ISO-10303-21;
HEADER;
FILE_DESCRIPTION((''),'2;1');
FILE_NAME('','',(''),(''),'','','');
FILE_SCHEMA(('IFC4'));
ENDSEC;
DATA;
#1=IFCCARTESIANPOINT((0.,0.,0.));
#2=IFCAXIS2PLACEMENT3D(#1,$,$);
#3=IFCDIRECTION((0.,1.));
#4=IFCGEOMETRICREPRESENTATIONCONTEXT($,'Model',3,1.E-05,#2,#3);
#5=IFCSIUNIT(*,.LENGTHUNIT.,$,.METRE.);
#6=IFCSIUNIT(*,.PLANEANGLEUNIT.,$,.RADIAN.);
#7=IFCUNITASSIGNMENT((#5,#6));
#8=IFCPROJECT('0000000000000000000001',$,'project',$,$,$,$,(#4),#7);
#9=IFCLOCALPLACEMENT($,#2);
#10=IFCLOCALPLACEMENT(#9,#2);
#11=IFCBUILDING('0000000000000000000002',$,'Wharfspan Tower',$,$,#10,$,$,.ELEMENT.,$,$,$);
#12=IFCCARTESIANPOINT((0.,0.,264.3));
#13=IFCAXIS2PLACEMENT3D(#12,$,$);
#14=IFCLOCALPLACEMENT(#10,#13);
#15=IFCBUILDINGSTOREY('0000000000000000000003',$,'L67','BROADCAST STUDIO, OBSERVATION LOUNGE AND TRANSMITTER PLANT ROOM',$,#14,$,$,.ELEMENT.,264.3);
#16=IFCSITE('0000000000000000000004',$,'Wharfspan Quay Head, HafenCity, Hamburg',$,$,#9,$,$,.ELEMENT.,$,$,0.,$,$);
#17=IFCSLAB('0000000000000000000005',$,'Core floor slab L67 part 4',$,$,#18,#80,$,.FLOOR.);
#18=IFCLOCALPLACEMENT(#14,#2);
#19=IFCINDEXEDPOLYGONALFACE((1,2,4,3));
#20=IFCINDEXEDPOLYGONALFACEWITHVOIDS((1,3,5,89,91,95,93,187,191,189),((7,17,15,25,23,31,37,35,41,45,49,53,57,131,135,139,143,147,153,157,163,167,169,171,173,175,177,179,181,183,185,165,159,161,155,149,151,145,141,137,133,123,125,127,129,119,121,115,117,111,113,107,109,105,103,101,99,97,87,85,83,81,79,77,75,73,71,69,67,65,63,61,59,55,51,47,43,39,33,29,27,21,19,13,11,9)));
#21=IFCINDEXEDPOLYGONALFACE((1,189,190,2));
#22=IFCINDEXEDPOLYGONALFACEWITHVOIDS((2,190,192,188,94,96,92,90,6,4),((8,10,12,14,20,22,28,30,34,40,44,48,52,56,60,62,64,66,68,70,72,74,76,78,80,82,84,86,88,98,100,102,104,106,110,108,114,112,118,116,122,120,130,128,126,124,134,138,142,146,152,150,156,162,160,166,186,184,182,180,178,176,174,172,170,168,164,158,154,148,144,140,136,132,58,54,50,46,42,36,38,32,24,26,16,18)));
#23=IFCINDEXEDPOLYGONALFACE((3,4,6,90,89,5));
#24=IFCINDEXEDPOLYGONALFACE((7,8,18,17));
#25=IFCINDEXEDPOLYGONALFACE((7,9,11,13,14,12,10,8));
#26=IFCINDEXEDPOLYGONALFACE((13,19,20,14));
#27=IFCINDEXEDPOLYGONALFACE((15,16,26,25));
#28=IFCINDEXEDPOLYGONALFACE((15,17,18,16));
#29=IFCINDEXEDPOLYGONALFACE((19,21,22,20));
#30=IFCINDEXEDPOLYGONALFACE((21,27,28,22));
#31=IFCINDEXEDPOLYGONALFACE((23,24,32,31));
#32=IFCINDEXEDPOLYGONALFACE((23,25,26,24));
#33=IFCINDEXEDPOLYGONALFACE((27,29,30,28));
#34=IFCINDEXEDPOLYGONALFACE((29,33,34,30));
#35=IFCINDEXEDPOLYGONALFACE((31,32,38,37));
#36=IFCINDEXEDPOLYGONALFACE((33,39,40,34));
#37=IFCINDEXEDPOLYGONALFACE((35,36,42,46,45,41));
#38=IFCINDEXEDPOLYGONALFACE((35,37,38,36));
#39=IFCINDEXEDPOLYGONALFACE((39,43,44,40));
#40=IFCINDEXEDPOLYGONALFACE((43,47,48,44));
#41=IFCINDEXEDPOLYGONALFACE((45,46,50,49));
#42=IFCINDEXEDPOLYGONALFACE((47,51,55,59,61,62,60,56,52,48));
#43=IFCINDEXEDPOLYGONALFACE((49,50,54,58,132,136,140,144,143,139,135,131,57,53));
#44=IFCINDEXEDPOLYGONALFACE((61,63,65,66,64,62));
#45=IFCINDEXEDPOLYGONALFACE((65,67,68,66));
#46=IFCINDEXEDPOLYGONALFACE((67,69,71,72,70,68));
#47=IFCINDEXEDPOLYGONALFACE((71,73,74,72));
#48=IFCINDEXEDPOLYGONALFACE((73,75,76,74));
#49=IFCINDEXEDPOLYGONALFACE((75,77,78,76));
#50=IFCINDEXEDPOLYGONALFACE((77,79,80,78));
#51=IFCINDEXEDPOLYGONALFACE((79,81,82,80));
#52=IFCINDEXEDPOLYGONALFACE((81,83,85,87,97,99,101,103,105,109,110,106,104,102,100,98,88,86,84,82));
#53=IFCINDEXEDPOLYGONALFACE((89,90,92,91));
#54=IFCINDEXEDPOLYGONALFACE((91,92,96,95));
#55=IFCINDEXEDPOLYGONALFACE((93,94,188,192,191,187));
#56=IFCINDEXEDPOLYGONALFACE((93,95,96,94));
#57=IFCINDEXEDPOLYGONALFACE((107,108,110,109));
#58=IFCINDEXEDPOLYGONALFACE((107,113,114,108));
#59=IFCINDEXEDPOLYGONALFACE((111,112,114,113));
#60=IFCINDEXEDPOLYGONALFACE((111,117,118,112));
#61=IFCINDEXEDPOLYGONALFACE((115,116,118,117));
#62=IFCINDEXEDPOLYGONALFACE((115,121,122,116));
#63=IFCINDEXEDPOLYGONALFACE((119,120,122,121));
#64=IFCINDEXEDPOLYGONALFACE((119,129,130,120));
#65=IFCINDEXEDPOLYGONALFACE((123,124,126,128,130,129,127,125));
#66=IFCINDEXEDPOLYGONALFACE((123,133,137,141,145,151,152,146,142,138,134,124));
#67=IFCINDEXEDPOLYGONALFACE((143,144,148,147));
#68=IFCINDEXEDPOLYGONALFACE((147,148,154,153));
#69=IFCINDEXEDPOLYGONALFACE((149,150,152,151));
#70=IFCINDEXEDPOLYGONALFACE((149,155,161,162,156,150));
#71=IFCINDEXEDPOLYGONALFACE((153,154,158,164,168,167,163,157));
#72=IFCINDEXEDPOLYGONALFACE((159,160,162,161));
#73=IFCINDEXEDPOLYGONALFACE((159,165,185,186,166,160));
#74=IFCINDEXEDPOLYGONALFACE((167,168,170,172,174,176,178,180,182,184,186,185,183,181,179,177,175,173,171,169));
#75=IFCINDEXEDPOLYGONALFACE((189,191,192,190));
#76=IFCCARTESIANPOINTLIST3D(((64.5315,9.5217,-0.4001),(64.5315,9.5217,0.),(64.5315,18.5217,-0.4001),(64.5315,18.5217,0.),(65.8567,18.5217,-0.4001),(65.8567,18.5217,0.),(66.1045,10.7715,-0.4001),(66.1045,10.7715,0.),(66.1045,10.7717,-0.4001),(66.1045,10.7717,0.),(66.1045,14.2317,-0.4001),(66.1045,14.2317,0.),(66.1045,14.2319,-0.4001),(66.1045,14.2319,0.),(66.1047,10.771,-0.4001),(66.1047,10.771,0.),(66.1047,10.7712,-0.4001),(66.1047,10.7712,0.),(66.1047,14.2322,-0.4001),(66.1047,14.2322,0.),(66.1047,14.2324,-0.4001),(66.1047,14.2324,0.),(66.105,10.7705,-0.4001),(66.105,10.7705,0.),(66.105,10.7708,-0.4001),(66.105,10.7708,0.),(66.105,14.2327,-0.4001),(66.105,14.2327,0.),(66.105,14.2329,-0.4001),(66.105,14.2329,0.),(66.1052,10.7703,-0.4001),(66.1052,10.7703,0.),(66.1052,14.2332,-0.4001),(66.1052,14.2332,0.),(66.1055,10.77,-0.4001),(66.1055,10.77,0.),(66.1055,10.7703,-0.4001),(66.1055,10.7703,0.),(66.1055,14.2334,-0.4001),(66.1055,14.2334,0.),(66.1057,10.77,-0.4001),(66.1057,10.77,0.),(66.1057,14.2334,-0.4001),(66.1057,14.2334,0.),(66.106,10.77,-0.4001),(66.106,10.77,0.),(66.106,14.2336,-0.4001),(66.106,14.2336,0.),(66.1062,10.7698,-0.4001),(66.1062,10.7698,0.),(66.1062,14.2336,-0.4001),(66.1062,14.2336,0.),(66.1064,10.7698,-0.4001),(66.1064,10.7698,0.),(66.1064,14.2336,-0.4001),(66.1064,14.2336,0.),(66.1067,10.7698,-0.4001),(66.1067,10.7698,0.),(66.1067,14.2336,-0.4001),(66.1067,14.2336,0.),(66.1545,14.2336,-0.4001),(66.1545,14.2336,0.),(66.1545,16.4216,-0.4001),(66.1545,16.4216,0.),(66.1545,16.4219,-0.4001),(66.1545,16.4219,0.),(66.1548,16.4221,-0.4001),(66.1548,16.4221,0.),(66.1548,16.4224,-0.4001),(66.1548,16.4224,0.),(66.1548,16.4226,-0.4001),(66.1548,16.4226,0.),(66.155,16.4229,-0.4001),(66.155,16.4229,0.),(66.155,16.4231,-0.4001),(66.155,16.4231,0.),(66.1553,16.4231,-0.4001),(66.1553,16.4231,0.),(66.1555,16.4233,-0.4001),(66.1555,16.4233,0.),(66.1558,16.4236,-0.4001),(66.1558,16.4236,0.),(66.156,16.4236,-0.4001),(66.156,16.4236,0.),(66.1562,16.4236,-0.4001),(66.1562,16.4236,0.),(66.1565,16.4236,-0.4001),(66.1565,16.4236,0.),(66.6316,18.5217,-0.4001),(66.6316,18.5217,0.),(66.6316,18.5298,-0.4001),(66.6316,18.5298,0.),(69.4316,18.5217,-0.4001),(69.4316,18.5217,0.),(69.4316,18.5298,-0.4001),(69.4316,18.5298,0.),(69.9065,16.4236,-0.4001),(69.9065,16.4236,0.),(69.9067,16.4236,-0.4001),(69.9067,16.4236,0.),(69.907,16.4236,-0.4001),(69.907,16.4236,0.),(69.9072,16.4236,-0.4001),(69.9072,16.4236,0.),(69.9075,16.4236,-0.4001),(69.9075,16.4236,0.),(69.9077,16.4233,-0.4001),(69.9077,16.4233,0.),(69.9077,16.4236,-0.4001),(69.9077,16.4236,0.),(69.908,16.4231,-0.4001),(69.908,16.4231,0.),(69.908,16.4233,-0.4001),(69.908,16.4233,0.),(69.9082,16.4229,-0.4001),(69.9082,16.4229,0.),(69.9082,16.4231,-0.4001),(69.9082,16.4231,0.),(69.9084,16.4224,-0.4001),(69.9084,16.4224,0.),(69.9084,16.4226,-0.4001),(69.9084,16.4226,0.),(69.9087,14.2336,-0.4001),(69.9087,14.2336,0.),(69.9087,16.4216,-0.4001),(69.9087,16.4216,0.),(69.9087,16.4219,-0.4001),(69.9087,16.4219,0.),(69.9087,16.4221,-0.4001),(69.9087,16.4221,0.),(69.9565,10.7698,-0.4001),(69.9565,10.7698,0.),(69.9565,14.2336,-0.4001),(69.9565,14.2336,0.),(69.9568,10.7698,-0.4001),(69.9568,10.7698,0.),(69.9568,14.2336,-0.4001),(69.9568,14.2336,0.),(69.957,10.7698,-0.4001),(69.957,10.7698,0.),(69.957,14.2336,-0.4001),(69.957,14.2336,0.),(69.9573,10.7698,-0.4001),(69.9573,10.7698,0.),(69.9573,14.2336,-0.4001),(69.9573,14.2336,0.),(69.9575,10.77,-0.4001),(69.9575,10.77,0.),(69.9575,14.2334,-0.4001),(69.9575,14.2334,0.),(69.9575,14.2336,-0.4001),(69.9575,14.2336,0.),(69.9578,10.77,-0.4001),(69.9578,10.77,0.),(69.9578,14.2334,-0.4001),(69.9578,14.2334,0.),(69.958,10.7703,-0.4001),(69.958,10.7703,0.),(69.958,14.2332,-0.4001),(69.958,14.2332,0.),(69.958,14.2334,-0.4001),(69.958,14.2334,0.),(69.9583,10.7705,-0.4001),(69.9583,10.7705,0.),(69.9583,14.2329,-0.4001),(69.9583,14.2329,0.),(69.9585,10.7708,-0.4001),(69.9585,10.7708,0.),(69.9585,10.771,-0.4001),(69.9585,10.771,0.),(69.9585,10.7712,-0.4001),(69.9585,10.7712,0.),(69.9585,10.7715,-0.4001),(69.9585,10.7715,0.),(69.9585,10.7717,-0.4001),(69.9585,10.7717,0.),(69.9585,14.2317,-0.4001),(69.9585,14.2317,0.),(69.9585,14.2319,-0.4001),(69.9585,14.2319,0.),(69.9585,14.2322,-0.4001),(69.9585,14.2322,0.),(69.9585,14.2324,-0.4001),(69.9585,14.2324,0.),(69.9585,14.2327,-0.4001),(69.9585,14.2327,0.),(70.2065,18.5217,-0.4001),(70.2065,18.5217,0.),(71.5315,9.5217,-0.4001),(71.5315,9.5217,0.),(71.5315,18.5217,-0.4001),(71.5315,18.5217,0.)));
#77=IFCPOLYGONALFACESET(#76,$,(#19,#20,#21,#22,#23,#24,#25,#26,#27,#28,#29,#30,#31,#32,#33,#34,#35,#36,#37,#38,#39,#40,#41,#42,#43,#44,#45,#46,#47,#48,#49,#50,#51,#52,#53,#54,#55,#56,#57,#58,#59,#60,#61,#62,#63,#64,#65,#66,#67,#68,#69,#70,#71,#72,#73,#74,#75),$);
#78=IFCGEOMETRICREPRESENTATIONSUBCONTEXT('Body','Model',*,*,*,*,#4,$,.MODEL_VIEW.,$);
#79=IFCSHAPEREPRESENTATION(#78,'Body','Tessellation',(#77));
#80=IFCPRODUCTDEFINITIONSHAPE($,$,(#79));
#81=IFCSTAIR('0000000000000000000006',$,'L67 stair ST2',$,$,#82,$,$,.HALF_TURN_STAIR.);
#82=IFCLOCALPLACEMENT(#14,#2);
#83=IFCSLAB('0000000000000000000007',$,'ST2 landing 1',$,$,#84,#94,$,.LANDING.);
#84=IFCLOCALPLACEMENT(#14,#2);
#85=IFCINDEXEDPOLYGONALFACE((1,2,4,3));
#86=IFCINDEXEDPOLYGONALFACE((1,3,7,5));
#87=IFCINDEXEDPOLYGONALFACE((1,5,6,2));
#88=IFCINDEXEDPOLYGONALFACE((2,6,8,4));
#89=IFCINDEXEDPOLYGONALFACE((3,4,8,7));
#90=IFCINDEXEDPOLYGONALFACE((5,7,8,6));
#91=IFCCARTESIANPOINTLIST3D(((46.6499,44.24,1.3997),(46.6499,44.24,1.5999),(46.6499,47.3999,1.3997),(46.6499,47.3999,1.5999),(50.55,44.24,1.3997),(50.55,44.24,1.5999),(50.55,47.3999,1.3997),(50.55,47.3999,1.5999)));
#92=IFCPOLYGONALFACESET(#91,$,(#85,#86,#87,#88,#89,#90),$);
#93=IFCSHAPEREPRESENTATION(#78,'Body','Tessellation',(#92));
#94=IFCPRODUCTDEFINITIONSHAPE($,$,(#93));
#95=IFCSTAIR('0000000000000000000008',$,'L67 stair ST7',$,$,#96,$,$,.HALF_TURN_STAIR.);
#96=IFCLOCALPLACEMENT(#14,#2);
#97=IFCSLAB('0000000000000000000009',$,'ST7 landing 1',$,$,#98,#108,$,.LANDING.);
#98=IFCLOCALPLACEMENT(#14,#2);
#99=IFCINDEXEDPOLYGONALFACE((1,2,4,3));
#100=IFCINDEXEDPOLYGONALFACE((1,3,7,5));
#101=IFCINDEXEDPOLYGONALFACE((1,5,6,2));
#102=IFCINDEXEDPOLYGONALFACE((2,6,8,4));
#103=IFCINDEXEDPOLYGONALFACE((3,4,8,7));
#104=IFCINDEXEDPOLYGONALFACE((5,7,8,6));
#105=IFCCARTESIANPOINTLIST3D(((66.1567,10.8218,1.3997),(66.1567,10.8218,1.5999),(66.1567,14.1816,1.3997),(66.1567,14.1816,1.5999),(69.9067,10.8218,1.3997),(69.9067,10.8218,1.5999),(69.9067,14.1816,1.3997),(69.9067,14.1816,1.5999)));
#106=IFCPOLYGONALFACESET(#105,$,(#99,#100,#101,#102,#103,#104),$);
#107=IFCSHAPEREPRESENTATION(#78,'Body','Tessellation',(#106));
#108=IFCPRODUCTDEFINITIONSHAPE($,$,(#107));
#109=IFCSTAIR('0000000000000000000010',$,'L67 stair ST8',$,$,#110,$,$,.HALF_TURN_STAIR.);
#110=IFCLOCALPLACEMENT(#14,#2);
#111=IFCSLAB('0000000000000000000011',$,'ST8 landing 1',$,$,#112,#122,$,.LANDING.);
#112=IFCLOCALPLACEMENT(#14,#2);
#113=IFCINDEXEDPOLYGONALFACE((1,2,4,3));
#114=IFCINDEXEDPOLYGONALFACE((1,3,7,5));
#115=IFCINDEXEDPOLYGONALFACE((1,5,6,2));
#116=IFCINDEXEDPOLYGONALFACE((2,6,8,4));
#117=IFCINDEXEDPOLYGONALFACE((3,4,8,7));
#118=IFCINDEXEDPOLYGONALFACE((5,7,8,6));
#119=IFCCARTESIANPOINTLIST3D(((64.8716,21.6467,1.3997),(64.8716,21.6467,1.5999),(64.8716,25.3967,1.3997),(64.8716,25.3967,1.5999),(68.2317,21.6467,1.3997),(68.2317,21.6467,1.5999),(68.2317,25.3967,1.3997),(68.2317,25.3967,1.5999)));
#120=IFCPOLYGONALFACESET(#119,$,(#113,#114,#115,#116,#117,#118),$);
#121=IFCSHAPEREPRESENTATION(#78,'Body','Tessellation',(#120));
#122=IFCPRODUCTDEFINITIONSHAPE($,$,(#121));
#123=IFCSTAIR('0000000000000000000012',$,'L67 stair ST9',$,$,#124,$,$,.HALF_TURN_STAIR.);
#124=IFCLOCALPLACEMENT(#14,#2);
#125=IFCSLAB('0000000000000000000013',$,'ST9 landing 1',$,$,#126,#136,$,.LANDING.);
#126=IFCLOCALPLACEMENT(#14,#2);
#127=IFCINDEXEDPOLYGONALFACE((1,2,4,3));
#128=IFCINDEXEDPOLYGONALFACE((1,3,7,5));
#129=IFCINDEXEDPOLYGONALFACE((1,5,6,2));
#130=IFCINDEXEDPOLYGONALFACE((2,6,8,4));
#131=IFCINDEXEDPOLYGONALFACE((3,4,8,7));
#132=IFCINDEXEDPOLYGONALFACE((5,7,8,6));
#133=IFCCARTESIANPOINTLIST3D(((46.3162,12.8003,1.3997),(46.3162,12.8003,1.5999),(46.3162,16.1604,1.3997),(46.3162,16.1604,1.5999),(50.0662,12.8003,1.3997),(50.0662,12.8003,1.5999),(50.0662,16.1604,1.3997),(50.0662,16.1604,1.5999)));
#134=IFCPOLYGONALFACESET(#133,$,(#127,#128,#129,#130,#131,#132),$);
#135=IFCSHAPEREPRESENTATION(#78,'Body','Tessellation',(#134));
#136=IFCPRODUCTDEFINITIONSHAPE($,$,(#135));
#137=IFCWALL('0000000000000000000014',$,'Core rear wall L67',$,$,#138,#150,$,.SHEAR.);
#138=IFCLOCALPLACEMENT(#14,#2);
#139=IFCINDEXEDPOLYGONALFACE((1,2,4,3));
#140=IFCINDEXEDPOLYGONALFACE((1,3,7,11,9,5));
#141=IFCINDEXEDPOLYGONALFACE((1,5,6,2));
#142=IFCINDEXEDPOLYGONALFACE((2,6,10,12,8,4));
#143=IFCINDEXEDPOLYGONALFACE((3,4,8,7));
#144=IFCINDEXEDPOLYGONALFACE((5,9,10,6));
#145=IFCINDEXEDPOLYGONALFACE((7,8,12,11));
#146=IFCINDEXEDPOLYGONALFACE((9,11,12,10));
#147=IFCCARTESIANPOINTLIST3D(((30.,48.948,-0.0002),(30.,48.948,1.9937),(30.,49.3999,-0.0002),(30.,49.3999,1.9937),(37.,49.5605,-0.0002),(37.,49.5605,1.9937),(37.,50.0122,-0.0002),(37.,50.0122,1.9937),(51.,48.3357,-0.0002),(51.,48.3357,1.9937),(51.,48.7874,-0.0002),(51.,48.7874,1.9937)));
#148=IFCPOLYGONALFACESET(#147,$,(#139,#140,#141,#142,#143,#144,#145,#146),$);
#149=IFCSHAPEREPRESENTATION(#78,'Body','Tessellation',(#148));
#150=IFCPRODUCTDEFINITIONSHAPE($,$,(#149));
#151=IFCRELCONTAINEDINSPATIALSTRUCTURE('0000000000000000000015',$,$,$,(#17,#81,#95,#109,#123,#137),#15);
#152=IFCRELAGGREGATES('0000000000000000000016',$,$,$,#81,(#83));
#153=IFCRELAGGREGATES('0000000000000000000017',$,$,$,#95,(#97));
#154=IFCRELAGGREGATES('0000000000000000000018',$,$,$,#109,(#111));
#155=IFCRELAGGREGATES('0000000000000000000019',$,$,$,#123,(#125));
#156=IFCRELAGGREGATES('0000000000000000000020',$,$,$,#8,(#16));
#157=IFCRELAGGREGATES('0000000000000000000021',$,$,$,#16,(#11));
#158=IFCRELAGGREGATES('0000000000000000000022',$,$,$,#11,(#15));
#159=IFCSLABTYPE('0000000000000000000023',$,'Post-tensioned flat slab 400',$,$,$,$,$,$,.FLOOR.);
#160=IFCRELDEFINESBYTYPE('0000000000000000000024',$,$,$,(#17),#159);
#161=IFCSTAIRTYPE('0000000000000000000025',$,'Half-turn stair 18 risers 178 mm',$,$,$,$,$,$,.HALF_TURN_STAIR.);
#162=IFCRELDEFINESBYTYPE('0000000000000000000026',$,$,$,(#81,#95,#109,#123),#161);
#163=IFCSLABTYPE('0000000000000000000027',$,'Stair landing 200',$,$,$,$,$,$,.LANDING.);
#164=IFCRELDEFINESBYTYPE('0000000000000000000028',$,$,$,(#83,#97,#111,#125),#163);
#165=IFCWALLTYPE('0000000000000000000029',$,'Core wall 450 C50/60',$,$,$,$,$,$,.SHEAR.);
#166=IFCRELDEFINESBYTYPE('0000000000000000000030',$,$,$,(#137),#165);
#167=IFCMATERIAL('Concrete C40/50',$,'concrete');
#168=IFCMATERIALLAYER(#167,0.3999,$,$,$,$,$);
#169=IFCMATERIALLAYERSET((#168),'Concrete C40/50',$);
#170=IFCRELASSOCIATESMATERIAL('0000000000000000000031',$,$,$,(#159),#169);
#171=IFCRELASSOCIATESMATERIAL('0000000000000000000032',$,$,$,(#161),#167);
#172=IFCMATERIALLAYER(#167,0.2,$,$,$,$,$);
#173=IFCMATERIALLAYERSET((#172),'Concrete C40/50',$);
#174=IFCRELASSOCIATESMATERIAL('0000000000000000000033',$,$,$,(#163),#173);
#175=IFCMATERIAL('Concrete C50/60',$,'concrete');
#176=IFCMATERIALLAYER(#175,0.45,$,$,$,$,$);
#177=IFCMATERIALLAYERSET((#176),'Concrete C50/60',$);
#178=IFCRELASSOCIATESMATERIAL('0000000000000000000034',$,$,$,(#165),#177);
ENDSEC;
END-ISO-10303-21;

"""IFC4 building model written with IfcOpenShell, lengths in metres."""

from ifc_helpers import new_model, si_unit, direction, frame, origin, place, context, subcontext, project, spatial, polyline, outline, extrude, material, layer, layer_set, type_object, element, aggregate, save


model = new_model("IFC4")

# Units and contexts
model_context = context("Model", 3, precision=1e-05, world=origin(), true_north=direction((0.0, 1.0)))
body_context = subcontext(model_context, "Body", "Model", "MODEL_VIEW")
ifc_project = project(units=[si_unit("LENGTHUNIT", "METRE"), si_unit("PLANEANGLEUNIT", "RADIAN")], contexts=[model_context])

# Site, building, storey
site_placement = place(None, origin())
site = spatial("IfcSite", under=ifc_project, at=site_placement, Name="Wharfspan Quay Head, HafenCity, Hamburg", CompositionType="ELEMENT", RefElevation=0.0)
building_placement = place(site_placement, origin())
building = spatial("IfcBuilding", under=site, at=building_placement, Name="Wharfspan Tower", CompositionType="ELEMENT")
storey_placement = place(building_placement, frame((0.0, 0.0, 264.3)))
storey = spatial("IfcBuildingStorey", under=building, at=storey_placement, Name="L67", Description="BROADCAST STUDIO, OBSERVATION LOUNGE AND TRANSMITTER PLANT ROOM", CompositionType="ELEMENT", Elevation=264.3)

# Slab
ifc_material_1 = material(Name="Concrete C40/50", Category="concrete")
ifc_layer_1 = layer(ifc_material_1, 0.3999)
ifc_layer_set_1 = layer_set([ifc_layer_1], Name="Concrete C40/50")
slab_type_1 = type_object("IfcSlabType", Name="Post-tensioned flat slab 400", PredefinedType="FLOOR", material=ifc_layer_set_1)
slab_1_placement = place(storey_placement, frame((0.0, 0.0, -0.4001)))
element("IfcSlab", 1, at=slab_1_placement, inside=storey, type_object=slab_type_1, Name="Core floor slab L67 part 4", PredefinedType="FLOOR", context=body_context, shape_type="SweptSolid", body=[
    extrude(outline(polyline([(65.8567, 18.5217), (64.5315, 18.5217), (64.5315, 9.5217), (71.5315, 9.5217), (71.5315, 18.5217), (70.2065, 18.5217), (69.4316, 18.5217), (69.4316, 18.5298), (66.6316, 18.5298), (66.6316, 18.5217), (65.8567, 18.5217)]), holes=[polyline([(69.9087, 14.2336), (69.9565, 14.2336), (69.9568, 14.2336), (69.957, 14.2336), (69.9573, 14.2336), (69.9575, 14.2336), (69.9575, 14.2334), (69.9578, 14.2334), (69.958, 14.2334), (69.958, 14.2332), (69.9583, 14.2329), (69.9583, 14.2329), (69.9585, 14.2327), (69.9585, 14.2324), (69.9585, 14.2324), (69.9585, 14.2322), (69.9585, 14.2319), (69.9585, 14.2317), (69.9585, 10.7717), (69.9585, 10.7715), (69.9585, 10.7712), (69.9585, 10.771), (69.9585, 10.771), (69.9585, 10.7708), (69.9583, 10.7705), (69.9583, 10.7705), (69.958, 10.7703), (69.958, 10.7703), (69.9578, 10.77), (69.9575, 10.77), (69.9575, 10.77), (69.9573, 10.7698), (69.957, 10.7698), (69.9568, 10.7698), (69.9565, 10.7698), (66.1067, 10.7698), (66.1064, 10.7698), (66.1062, 10.7698), (66.1062, 10.7698), (66.106, 10.77), (66.1057, 10.77), (66.1055, 10.77), (66.1055, 10.7703), (66.1052, 10.7703), (66.105, 10.7705), (66.105, 10.7705), (66.105, 10.7708), (66.1047, 10.771), (66.1047, 10.771), (66.1047, 10.7712), (66.1045, 10.7715), (66.1045, 10.7717), (66.1045, 14.2317), (66.1045, 14.2319), (66.1047, 14.2322), (66.1047, 14.2324), (66.1047, 14.2324), (66.105, 14.2327), (66.105, 14.2329), (66.105, 14.2329), (66.1052, 14.2332), (66.1055, 14.2334), (66.1055, 14.2334), (66.1057, 14.2334), (66.106, 14.2336), (66.1062, 14.2336), (66.1062, 14.2336), (66.1064, 14.2336), (66.1067, 14.2336), (66.1545, 14.2336), (66.1545, 16.4216), (66.1545, 16.4219), (66.1548, 16.4221), (66.1548, 16.4224), (66.1548, 16.4226), (66.1548, 16.4226), (66.155, 16.4229), (66.155, 16.4231), (66.1553, 16.4231), (66.1555, 16.4233), (66.1555, 16.4233), (66.1558, 16.4236), (66.156, 16.4236), (66.156, 16.4236), (66.1562, 16.4236), (66.1565, 16.4236), (66.1565, 16.4236), (69.9065, 16.4236), (69.9067, 16.4236), (69.907, 16.4236), (69.9072, 16.4236), (69.9075, 16.4236), (69.9077, 16.4236), (69.9077, 16.4233), (69.908, 16.4233), (69.908, 16.4231), (69.9082, 16.4231), (69.9082, 16.4229), (69.9084, 16.4226), (69.9084, 16.4226), (69.9084, 16.4224), (69.9087, 16.4221), (69.9087, 16.4219), (69.9087, 16.4216), (69.9087, 14.2336)])]), origin(), (0.0, 0.0, 1.0), 0.4001),
])

# Stairs, slabs
stair_type = type_object("IfcStairType", Name="Half-turn stair 18 risers 178 mm", PredefinedType="HALF_TURN_STAIR", material=ifc_material_1)
stair_1_placement = place(storey_placement, origin())
stair_1 = element("IfcStair", 2, at=stair_1_placement, inside=storey, type_object=stair_type, Name="L67 stair ST2", PredefinedType="HALF_TURN_STAIR")
ifc_layer_2 = layer(ifc_material_1, 0.2)
ifc_layer_set_2 = layer_set([ifc_layer_2], Name="Concrete C40/50")
slab_type_2 = type_object("IfcSlabType", Name="Stair landing 200", PredefinedType="LANDING", material=ifc_layer_set_2)
slab_2_placement = place(storey_placement, frame((0.0, 0.0, 1.3997)))
slab_2 = element("IfcSlab", 3, at=slab_2_placement, type_object=slab_type_2, Name="ST2 landing 1", PredefinedType="LANDING", context=body_context, shape_type="SweptSolid", body=[
    extrude(outline(polyline([(46.6499, 44.24), (50.55, 44.24), (50.55, 47.3999), (46.6499, 47.3999), (46.6499, 44.24)])), origin(), (0.0, 0.0, 1.0), 0.2002),
])
aggregate(stair_1, [slab_2])
stair_2_placement = place(storey_placement, origin())
stair_2 = element("IfcStair", 4, at=stair_2_placement, inside=storey, type_object=stair_type, Name="L67 stair ST7", PredefinedType="HALF_TURN_STAIR")
slab_3_placement = place(storey_placement, frame((0.0, 0.0, 1.3997)))
slab_3 = element("IfcSlab", 5, at=slab_3_placement, type_object=slab_type_2, Name="ST7 landing 1", PredefinedType="LANDING", context=body_context, shape_type="SweptSolid", body=[
    extrude(outline(polyline([(66.1567, 14.1816), (66.1567, 10.8218), (69.9067, 10.8218), (69.9067, 14.1816), (66.1567, 14.1816)])), origin(), (0.0, 0.0, 1.0), 0.2002),
])
aggregate(stair_2, [slab_3])
stair_3_placement = place(storey_placement, origin())
stair_3 = element("IfcStair", 6, at=stair_3_placement, inside=storey, type_object=stair_type, Name="L67 stair ST8", PredefinedType="HALF_TURN_STAIR")
slab_4_placement = place(storey_placement, frame((0.0, 0.0, 1.3997)))
slab_4 = element("IfcSlab", 7, at=slab_4_placement, type_object=slab_type_2, Name="ST8 landing 1", PredefinedType="LANDING", context=body_context, shape_type="SweptSolid", body=[
    extrude(outline(polyline([(64.8716, 21.6467), (68.2317, 21.6467), (68.2317, 25.3967), (64.8716, 25.3967), (64.8716, 21.6467)])), origin(), (0.0, 0.0, 1.0), 0.2002),
])
aggregate(stair_3, [slab_4])
stair_4_placement = place(storey_placement, origin())
stair_4 = element("IfcStair", 8, at=stair_4_placement, inside=storey, type_object=stair_type, Name="L67 stair ST9", PredefinedType="HALF_TURN_STAIR")
slab_5_placement = place(storey_placement, frame((0.0, 0.0, 1.3997)))
slab_5 = element("IfcSlab", 9, at=slab_5_placement, type_object=slab_type_2, Name="ST9 landing 1", PredefinedType="LANDING", context=body_context, shape_type="SweptSolid", body=[
    extrude(outline(polyline([(46.3162, 16.1604), (46.3162, 12.8003), (50.0662, 12.8003), (50.0662, 16.1604), (46.3162, 16.1604)])), origin(), (0.0, 0.0, 1.0), 0.2002),
])
aggregate(stair_4, [slab_5])

# Wall
ifc_material_2 = material(Name="Concrete C50/60", Category="concrete")
ifc_layer_3 = layer(ifc_material_2, 0.45)
ifc_layer_set_3 = layer_set([ifc_layer_3], Name="Concrete C50/60")
wall_type_1 = type_object("IfcWallType", Name="Core wall 450 C50/60", PredefinedType="SHEAR", material=ifc_layer_set_3)
wall_1_placement = place(storey_placement, frame((0.0, 0.0, -0.0002)))
element("IfcWall", 10, at=wall_1_placement, inside=storey, type_object=wall_type_1, Name="Core rear wall L67", PredefinedType="SHEAR", context=body_context, shape_type="SweptSolid", body=[
    extrude(outline(polyline([(30.0, 48.948), (37.0, 49.5605), (51.0, 48.3357), (51.0, 48.7874), (37.0, 50.0122), (30.0, 49.3999), (30.0, 48.948)])), origin(), (0.0, 0.0, 1.0), 1.9939),
])

save(model, "model.ifc")
